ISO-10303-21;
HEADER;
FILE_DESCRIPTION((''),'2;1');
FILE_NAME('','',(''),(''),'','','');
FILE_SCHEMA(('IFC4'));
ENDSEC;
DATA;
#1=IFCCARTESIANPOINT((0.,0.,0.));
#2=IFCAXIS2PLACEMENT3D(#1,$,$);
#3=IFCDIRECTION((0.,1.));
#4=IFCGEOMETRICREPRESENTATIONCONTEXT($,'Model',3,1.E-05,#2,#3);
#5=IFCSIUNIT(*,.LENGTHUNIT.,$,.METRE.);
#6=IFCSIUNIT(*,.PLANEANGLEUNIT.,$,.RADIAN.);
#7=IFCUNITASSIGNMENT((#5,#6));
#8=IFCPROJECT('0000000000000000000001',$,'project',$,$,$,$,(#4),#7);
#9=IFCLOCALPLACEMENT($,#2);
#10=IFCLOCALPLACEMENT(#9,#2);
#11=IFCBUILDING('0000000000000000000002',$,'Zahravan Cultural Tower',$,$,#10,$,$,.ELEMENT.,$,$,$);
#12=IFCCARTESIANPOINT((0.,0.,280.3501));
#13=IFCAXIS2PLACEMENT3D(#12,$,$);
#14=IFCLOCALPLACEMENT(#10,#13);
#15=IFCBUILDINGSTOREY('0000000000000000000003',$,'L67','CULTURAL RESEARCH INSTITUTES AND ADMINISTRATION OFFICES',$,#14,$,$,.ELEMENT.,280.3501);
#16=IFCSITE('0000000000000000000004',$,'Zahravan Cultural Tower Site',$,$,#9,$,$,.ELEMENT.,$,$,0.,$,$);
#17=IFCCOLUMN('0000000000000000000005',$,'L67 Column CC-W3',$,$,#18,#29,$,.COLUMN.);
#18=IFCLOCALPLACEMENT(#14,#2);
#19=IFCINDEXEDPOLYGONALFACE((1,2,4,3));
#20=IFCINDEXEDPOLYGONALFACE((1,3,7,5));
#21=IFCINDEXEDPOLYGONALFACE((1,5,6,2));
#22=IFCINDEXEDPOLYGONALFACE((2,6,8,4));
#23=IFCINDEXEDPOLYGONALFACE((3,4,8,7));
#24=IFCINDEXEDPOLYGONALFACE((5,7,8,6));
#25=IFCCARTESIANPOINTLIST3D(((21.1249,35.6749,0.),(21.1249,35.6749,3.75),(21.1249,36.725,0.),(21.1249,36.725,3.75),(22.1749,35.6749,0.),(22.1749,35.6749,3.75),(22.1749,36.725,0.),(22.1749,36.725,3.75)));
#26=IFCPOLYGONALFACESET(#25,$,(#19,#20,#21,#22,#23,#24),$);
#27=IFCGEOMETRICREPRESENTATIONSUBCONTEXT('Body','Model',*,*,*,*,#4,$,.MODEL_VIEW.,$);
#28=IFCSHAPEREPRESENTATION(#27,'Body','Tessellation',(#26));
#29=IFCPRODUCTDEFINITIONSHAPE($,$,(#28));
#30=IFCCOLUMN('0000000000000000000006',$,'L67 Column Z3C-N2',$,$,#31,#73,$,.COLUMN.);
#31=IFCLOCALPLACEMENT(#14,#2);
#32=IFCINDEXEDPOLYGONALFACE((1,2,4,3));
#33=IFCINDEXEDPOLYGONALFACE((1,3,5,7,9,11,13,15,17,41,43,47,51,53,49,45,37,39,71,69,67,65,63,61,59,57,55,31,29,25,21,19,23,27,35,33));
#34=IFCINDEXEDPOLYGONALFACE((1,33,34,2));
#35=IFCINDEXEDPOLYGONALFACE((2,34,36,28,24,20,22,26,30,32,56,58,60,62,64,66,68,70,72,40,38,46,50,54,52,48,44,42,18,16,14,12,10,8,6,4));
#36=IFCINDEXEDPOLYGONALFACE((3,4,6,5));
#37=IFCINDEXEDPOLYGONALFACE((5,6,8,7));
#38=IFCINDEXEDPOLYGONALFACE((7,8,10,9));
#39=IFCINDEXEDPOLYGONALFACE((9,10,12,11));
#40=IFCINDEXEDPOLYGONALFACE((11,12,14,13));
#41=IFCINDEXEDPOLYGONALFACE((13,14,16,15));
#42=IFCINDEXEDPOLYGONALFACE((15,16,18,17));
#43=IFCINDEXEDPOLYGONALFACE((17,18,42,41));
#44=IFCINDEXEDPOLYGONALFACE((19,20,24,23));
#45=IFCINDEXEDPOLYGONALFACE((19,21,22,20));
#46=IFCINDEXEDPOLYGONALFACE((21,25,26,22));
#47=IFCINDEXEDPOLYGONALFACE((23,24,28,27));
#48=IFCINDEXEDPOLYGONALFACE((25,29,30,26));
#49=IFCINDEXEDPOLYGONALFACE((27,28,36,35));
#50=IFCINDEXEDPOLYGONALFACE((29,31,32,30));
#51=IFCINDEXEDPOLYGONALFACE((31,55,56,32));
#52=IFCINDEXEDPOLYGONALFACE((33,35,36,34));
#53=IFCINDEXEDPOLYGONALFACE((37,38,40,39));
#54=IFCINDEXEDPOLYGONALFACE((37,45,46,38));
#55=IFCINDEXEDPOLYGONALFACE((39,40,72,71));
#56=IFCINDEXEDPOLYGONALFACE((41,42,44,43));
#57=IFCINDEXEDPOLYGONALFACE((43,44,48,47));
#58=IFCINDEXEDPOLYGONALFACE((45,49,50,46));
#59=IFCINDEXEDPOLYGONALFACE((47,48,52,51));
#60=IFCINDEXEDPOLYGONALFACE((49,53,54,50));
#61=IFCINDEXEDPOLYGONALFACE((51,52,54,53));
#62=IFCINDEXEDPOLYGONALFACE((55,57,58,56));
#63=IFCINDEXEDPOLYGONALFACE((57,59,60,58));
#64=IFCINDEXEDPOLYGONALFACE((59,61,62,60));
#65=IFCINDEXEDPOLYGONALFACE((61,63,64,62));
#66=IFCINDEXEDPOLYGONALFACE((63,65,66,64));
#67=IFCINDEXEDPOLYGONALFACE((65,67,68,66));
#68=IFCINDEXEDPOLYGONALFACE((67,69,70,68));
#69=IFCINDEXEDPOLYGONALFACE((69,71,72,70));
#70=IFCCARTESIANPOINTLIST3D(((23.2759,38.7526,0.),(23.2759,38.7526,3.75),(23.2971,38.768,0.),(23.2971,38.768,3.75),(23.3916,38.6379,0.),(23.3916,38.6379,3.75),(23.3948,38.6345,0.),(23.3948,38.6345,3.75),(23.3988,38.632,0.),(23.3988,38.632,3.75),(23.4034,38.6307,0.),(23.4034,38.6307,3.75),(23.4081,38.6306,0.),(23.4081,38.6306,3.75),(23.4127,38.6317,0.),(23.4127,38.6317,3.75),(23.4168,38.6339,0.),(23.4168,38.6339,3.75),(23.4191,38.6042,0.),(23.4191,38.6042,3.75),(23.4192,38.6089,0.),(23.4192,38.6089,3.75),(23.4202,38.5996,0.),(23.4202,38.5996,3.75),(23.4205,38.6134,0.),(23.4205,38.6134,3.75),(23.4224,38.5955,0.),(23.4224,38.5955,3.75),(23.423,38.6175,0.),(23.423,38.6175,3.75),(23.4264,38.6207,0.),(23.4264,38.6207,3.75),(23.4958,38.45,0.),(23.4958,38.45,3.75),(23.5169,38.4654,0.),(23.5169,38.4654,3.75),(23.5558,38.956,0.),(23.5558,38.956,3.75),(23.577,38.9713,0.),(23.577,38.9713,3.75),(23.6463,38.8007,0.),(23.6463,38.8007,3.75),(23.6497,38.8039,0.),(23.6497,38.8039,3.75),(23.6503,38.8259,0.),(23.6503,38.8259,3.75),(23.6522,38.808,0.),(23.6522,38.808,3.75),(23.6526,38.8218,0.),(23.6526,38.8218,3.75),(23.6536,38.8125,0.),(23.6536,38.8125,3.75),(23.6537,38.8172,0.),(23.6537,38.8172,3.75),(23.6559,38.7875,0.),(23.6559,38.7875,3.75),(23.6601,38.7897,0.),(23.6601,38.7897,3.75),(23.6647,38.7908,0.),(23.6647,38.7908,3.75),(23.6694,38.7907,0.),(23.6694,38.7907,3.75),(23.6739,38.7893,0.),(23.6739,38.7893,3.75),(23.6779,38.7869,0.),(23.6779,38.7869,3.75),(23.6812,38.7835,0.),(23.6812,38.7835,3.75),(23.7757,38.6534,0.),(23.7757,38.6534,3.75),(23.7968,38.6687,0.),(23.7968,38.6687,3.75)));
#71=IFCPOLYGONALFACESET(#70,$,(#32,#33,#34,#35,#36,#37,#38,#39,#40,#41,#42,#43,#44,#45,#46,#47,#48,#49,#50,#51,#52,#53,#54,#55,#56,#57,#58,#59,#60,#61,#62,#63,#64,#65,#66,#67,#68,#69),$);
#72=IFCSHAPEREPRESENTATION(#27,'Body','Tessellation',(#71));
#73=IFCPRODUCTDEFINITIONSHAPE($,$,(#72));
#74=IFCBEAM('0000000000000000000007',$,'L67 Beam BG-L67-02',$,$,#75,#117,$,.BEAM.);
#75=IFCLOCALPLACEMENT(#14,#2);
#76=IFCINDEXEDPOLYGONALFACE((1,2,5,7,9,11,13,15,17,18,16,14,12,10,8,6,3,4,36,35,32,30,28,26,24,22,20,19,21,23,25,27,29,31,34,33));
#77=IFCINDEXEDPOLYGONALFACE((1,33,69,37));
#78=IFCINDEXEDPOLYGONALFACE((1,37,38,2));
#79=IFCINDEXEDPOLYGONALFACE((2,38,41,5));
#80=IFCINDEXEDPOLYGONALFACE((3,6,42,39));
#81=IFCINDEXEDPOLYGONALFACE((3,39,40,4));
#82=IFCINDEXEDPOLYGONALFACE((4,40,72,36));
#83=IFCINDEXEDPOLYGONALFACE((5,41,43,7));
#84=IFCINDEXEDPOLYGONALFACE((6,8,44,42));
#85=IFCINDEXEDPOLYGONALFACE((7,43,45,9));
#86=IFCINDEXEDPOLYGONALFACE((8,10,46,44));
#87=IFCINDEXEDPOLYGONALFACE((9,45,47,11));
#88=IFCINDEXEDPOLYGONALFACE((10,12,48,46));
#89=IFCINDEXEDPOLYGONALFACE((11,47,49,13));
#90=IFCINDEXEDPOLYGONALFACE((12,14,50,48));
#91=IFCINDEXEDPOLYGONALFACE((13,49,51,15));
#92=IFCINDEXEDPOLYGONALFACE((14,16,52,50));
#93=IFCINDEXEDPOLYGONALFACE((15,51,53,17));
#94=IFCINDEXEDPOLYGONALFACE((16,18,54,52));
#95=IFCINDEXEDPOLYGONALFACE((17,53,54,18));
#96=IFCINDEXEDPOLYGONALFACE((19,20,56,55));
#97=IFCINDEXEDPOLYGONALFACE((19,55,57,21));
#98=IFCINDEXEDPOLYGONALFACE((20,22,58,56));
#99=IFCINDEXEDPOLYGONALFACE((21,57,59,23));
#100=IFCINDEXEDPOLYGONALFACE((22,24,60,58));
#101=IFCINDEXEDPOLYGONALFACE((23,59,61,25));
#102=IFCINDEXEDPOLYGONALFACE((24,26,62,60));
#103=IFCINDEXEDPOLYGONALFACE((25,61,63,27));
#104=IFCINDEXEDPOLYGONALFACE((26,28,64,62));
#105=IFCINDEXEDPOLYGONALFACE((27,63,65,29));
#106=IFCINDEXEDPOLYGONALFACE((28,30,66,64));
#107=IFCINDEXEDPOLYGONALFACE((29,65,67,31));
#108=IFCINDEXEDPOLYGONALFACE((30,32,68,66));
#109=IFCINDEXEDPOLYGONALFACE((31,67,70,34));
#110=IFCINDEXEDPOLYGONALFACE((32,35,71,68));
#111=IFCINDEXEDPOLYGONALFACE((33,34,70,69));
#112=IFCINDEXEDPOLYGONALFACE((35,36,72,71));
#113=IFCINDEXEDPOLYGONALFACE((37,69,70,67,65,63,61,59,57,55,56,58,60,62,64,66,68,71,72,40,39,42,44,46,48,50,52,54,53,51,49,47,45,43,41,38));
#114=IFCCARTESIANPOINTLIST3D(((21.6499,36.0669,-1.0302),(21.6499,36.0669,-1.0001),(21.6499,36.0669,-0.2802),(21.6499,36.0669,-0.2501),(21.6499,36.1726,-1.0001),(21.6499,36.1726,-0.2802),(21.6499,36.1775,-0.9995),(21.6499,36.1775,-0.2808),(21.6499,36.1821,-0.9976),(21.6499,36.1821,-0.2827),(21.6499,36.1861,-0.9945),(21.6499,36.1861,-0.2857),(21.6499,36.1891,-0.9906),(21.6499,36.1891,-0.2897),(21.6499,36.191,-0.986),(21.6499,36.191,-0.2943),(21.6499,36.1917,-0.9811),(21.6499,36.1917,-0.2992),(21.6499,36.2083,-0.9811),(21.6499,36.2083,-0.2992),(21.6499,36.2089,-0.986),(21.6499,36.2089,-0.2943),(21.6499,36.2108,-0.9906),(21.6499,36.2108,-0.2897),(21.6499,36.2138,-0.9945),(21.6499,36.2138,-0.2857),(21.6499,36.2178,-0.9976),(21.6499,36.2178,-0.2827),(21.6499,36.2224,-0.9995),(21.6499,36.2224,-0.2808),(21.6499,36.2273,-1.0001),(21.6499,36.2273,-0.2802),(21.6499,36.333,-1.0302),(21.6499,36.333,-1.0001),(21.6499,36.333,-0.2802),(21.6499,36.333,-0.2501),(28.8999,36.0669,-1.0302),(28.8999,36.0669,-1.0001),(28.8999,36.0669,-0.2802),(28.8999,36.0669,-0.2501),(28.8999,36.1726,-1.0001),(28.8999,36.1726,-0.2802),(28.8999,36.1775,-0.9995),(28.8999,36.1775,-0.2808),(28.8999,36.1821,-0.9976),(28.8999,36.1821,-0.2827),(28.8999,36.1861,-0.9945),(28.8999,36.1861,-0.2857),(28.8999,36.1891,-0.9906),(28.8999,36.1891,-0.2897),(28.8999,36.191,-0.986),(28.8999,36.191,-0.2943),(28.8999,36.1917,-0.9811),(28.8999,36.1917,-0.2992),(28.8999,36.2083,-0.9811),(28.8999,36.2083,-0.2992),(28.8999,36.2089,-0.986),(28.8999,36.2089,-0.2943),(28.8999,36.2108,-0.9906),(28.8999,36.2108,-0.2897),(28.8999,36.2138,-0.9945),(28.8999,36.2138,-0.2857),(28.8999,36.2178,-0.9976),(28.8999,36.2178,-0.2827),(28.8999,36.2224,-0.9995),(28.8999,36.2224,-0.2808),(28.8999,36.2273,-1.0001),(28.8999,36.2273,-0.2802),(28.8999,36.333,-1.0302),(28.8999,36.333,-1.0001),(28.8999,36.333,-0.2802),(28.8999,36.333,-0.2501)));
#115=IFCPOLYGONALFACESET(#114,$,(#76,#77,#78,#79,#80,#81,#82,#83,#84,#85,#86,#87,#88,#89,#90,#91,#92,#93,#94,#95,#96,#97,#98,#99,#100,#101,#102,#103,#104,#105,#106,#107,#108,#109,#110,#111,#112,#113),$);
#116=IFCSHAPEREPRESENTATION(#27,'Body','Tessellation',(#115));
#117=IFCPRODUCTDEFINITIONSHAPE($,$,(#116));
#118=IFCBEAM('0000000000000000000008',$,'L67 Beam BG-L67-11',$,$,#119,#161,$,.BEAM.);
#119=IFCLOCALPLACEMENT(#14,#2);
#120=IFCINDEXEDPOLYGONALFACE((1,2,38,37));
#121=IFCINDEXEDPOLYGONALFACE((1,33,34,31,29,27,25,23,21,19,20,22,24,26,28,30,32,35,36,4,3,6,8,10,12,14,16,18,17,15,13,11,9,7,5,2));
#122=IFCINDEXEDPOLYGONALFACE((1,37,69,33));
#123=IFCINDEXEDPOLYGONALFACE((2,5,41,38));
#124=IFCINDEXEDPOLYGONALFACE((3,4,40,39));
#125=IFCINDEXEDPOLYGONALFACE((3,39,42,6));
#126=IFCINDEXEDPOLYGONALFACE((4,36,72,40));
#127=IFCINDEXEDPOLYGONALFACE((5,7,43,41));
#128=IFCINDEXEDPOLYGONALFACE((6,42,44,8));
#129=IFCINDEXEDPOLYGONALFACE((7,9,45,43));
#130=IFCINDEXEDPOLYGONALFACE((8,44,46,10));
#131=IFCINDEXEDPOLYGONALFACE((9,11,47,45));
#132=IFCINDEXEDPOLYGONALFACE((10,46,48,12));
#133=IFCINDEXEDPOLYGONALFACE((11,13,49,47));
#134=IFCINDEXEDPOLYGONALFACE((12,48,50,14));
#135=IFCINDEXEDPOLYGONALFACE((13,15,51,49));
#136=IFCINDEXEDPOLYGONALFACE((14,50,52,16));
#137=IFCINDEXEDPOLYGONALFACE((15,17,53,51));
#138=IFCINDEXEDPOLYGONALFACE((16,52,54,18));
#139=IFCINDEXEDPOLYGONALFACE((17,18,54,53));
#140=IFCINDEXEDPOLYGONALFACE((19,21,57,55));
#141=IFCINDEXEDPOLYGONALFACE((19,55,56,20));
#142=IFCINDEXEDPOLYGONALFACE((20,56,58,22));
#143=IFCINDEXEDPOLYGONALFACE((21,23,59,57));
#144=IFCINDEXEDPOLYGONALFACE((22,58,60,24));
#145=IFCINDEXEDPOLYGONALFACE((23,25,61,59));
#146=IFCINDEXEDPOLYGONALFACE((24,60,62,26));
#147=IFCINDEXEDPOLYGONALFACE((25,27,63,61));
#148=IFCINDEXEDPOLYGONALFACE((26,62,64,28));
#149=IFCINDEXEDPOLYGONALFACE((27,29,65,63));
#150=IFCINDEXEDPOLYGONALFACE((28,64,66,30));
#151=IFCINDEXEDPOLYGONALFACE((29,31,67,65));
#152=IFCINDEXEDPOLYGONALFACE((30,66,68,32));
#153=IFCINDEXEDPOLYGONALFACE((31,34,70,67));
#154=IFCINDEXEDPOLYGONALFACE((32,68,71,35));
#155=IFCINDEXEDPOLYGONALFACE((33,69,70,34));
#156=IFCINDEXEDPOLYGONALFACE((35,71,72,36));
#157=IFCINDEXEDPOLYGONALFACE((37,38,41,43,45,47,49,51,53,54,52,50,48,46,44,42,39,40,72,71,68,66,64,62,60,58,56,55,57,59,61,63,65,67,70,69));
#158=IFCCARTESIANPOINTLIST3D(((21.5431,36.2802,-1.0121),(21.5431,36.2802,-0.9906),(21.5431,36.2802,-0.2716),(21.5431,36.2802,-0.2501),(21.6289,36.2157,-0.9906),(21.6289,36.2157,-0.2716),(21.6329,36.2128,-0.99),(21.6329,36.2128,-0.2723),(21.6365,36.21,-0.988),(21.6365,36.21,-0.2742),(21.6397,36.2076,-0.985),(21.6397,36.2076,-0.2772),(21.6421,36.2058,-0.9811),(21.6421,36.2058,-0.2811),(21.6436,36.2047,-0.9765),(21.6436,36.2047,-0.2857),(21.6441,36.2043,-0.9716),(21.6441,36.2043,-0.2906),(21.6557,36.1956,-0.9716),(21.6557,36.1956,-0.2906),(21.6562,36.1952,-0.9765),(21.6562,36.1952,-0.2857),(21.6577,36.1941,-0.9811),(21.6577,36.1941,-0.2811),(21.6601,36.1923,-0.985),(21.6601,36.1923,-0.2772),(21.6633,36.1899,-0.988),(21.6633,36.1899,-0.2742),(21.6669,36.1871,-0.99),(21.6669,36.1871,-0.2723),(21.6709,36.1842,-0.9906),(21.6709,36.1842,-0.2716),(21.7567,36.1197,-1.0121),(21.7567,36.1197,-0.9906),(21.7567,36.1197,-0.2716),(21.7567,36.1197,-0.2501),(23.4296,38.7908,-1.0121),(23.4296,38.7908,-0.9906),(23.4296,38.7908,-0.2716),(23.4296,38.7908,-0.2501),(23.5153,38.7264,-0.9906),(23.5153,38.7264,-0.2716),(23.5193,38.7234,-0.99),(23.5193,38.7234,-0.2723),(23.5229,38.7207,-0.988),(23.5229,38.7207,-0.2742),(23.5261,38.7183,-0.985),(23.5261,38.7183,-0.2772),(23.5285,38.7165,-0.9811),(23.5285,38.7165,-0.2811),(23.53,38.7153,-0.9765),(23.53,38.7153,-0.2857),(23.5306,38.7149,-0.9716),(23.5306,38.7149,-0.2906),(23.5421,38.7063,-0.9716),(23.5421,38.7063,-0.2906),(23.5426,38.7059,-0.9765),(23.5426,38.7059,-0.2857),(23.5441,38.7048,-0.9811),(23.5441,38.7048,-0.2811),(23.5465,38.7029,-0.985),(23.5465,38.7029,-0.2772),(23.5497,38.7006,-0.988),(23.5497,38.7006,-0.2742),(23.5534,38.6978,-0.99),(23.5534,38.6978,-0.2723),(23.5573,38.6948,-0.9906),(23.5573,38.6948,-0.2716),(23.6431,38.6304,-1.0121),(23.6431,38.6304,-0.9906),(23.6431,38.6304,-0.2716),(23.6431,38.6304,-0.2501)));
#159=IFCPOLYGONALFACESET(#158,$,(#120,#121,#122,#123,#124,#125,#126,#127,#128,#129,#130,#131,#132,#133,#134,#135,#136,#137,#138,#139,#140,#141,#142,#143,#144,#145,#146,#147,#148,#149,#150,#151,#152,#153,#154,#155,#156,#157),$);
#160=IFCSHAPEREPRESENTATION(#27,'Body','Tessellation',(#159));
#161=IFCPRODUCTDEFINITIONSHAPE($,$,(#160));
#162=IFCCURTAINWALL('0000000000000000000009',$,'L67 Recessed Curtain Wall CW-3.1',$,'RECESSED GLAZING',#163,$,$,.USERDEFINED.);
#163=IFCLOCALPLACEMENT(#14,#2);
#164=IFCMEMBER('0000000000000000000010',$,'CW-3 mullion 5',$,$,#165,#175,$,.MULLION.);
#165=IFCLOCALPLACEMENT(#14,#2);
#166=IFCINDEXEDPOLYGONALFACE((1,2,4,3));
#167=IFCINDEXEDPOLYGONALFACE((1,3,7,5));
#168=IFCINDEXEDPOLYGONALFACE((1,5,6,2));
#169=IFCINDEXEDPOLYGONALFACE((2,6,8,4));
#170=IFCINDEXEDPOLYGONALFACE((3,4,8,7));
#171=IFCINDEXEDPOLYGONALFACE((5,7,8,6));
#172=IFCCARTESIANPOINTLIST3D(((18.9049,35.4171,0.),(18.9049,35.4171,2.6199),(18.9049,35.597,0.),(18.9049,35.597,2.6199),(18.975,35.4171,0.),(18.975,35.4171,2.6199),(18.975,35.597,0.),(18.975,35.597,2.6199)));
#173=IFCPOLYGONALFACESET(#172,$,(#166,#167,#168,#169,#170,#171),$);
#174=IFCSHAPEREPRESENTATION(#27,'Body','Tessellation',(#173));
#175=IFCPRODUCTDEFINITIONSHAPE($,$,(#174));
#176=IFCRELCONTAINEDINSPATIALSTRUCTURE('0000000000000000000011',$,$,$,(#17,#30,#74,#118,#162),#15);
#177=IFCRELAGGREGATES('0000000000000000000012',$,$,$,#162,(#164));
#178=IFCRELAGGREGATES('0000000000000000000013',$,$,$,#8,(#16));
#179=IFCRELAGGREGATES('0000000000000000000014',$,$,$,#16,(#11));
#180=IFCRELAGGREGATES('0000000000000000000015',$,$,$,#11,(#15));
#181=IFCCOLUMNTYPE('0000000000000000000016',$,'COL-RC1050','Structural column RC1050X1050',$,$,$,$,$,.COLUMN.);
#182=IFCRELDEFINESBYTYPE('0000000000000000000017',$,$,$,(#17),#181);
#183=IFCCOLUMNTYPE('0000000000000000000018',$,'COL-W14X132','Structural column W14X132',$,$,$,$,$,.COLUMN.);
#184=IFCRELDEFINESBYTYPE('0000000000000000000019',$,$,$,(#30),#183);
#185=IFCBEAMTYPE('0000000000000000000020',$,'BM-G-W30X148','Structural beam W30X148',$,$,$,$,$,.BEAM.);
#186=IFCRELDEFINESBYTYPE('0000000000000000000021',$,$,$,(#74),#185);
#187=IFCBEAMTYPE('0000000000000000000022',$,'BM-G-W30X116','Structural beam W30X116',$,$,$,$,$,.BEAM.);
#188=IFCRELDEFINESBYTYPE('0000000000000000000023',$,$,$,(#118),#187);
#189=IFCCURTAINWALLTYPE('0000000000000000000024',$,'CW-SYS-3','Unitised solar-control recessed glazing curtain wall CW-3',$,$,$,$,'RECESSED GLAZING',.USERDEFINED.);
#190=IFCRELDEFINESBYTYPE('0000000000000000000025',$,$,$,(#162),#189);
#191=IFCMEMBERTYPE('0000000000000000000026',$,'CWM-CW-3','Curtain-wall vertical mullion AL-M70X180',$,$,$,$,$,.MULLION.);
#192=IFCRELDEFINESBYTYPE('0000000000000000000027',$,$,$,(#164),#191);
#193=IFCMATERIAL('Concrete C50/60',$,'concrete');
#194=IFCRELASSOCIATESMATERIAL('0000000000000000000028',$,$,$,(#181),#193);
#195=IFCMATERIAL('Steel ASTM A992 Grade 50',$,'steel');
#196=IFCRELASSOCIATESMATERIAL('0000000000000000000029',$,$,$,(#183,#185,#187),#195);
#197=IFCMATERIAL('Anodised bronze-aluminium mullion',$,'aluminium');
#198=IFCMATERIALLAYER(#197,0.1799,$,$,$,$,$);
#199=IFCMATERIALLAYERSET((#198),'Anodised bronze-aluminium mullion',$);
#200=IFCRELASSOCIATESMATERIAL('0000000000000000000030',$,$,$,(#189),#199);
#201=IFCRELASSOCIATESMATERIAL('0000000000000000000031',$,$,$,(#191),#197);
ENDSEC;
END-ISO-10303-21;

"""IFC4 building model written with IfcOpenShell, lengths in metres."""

from ifc_helpers import new_model, si_unit, direction, frame, origin, origin_2d, place, context, subcontext, project, spatial, rectangle, i_section, extrude, source, transform, mapped, material, layer, layer_set, material_profile, profile_set, type_object, element, aggregate, save


model = new_model("IFC4")

# Units and contexts
model_context = context("Model", 3, precision=1e-05, world=origin(), true_north=direction((0.0, 1.0)))
body_context = subcontext(model_context, "Body", "Model", "MODEL_VIEW")
ifc_project = project(units=[si_unit("LENGTHUNIT", "METRE"), si_unit("PLANEANGLEUNIT", "RADIAN")], contexts=[model_context])

# Site, building, storey
site_placement = place(None, origin())
site = spatial("IfcSite", under=ifc_project, at=site_placement, Name="Zahravan Cultural Tower Site", CompositionType="ELEMENT", RefElevation=0.0)
building_placement = place(site_placement, origin())
building = spatial("IfcBuilding", under=site, at=building_placement, Name="Zahravan Cultural Tower", CompositionType="ELEMENT")
storey_placement = place(building_placement, frame((0.0, 0.0, 280.3501)))
storey = spatial("IfcBuildingStorey", under=building, at=storey_placement, Name="L67", Description="CULTURAL RESEARCH INSTITUTES AND ADMINISTRATION OFFICES", CompositionType="ELEMENT", Elevation=280.3501)

# Columns
ifc_material_1 = material(Name="Concrete C50/60", Category="concrete")
ifc_material_profile_1 = material_profile(ifc_material_1, rectangle(XDim=1.05, YDim=1.05, at=origin_2d()), Name="RC1050X1050")
ifc_profile_set_1 = profile_set([ifc_material_profile_1], Name="Concrete C50/60")
column_type_1 = type_object("IfcColumnType", Name="COL-RC1050", Description="Structural column RC1050X1050", PredefinedType="COLUMN", material=ifc_profile_set_1)
shared_shape_1 = source(origin(), body_context, "Body", "SweptSolid", [
    extrude(rectangle(XDim=1.05, YDim=1.05, at=origin_2d()), origin(), (0.0, 0.0, 1.0), 3.75),
])
column_1_placement = place(storey_placement, frame((21.6499, 36.2, 0.0), z_axis=(0.0, 0.0, 1.0), x_axis=(1.0, 0.0, 0.0)))
element("IfcColumn", 1, at=column_1_placement, inside=storey, type_object=column_type_1, Name="L67 Column CC-W3", PredefinedType="COLUMN", context=body_context, shape_type="MappedRepresentation", body=[
    mapped(shared_shape_1, transform((0.0, 0.0, 0.0), x_axis=(1.0, 0.0, 0.0), y_axis=(0.0, 1.0, 0.0), z_axis=(0.0, 0.0, 1.0), scale=1.0)),
])
ifc_material_2 = material(Name="Steel ASTM A992 Grade 50", Category="steel")
ifc_material_profile_2 = material_profile(ifc_material_2, i_section(OverallWidth=0.374, OverallDepth=0.3721, WebThickness=0.0164, FlangeThickness=0.0261, FilletRadius=0.0181, at=origin_2d()), Name="W14X132")
ifc_profile_set_2 = profile_set([ifc_material_profile_2], Name="Steel ASTM A992 Grade 50")
column_type_2 = type_object("IfcColumnType", Name="COL-W14X132", Description="Structural column W14X132", PredefinedType="COLUMN", material=ifc_profile_set_2)
shared_shape_2 = source(origin(), body_context, "Body", "SweptSolid", [
    extrude(i_section(OverallWidth=0.374, OverallDepth=0.3721, WebThickness=0.0164, FlangeThickness=0.0261, FilletRadius=0.0181, at=origin_2d()), origin(), (0.0, 0.0, 1.0), 3.75),
])
column_2_placement = place(storey_placement, frame((23.5364, 38.7107, 0.0), z_axis=(0.0, 0.0, 1.0), x_axis=(-0.587785, 0.809017, 0.0)))
element("IfcColumn", 2, at=column_2_placement, inside=storey, type_object=column_type_2, Name="L67 Column Z3C-N2", PredefinedType="COLUMN", context=body_context, shape_type="MappedRepresentation", body=[
    mapped(shared_shape_2, transform((0.0, 0.0, 0.0), x_axis=(1.0, 0.0, 0.0), y_axis=(0.0, 1.0, 0.0), z_axis=(0.0, 0.0, 1.0), scale=1.0)),
])

# Beams
ifc_material_profile_3 = material_profile(ifc_material_2, i_section(OverallWidth=0.2661, OverallDepth=0.78, WebThickness=0.0166, FlangeThickness=0.03, FilletRadius=0.019, at=origin_2d()), Name="W30X148")
ifc_profile_set_3 = profile_set([ifc_material_profile_3], Name="Steel ASTM A992 Grade 50")
beam_type_1 = type_object("IfcBeamType", Name="BM-G-W30X148", Description="Structural beam W30X148", PredefinedType="BEAM", material=ifc_profile_set_3)
shared_shape_3 = source(origin(), body_context, "Body", "SweptSolid", [
    extrude(i_section(OverallWidth=0.2661, OverallDepth=0.78, WebThickness=0.0166, FlangeThickness=0.03, FilletRadius=0.019, at=origin_2d()), origin(), (0.0, 0.0, 1.0), 7.25),
])
beam_1_placement = place(storey_placement, frame((21.6499, 36.2, -0.6401), z_axis=(1.0, 0.0, 0.0), x_axis=(0.0, 1.0, 0.0)))
element("IfcBeam", 3, at=beam_1_placement, inside=storey, type_object=beam_type_1, Name="L67 Beam BG-L67-02", PredefinedType="BEAM", context=body_context, shape_type="MappedRepresentation", body=[
    mapped(shared_shape_3, transform((0.0, 0.0, 0.0), x_axis=(1.0, 0.0, 0.0), y_axis=(0.0, 1.0, 0.0), z_axis=(0.0, 0.0, 1.0), scale=1.0)),
])
ifc_material_profile_4 = material_profile(ifc_material_2, i_section(OverallWidth=0.2671, OverallDepth=0.762, WebThickness=0.0144, FlangeThickness=0.0215, FilletRadius=0.019, at=origin_2d()), Name="W30X116")
ifc_profile_set_4 = profile_set([ifc_material_profile_4], Name="Steel ASTM A992 Grade 50")
beam_type_2 = type_object("IfcBeamType", Name="BM-G-W30X116", Description="Structural beam W30X116", PredefinedType="BEAM", material=ifc_profile_set_4)
shared_shape_4 = source(origin(), body_context, "Body", "SweptSolid", [
    extrude(i_section(OverallWidth=0.2671, OverallDepth=0.762, WebThickness=0.0144, FlangeThickness=0.0215, FilletRadius=0.019, at=origin_2d()), origin(), (0.0, 0.0, 1.0), 3.1404),
])
beam_2_placement = place(storey_placement, frame((21.6499, 36.2, -0.6311), z_axis=(0.600696, 0.799477, 0.0), x_axis=(-0.799477, 0.600696, 0.0)))
element("IfcBeam", 4, at=beam_2_placement, inside=storey, type_object=beam_type_2, Name="L67 Beam BG-L67-11", PredefinedType="BEAM", context=body_context, shape_type="MappedRepresentation", body=[
    mapped(shared_shape_4, transform((0.0, 0.0, 0.0), x_axis=(1.0, 0.0, 0.0), y_axis=(0.0, 1.0, 0.0), z_axis=(0.0, 0.0, 1.0), scale=1.0)),
])

# Curtain wall, member
ifc_material_3 = material(Name="Anodised bronze-aluminium mullion", Category="aluminium")
ifc_layer_1 = layer(ifc_material_3, 0.1799)
ifc_layer_set_1 = layer_set([ifc_layer_1], Name="Anodised bronze-aluminium mullion")
curtain_wall_type = type_object("IfcCurtainWallType", Name="CW-SYS-3", Description="Unitised solar-control recessed glazing curtain wall CW-3", ElementType="RECESSED GLAZING", PredefinedType="USERDEFINED", material=ifc_layer_set_1)
curtain_wall_placement = place(storey_placement, origin())
curtain_wall = element("IfcCurtainWall", 5, at=curtain_wall_placement, inside=storey, type_object=curtain_wall_type, Name="L67 Recessed Curtain Wall CW-3.1", ObjectType="RECESSED GLAZING", PredefinedType="USERDEFINED")
ifc_material_profile_5 = material_profile(ifc_material_3, rectangle(XDim=0.0701, YDim=0.1799, at=origin_2d()), Name="AL-M70X180")
ifc_profile_set_5 = profile_set([ifc_material_profile_5], Name="Anodised bronze-aluminium mullion")
member_type = type_object("IfcMemberType", Name="CWM-CW-3", Description="Curtain-wall vertical mullion AL-M70X180", PredefinedType="MULLION", material=ifc_profile_set_5)
shared_shape_5 = source(origin(), body_context, "Body", "SweptSolid", [
    extrude(rectangle(XDim=0.0701, YDim=0.1799, at=origin_2d()), origin(), (0.0, 0.0, 1.0), 2.6199),
])
member_placement = place(storey_placement, frame((18.9399, 35.5071, 0.0), z_axis=(0.0, 0.0, 1.0), x_axis=(-1.0, 0.0, 0.0)))
member = element("IfcMember", 6, at=member_placement, type_object=member_type, Name="CW-3 mullion 5", PredefinedType="MULLION", context=body_context, shape_type="MappedRepresentation", body=[
    mapped(shared_shape_5, transform((0.0, 0.0, 0.0), x_axis=(1.0, 0.0, 0.0), y_axis=(0.0, 1.0, 0.0), z_axis=(0.0, 0.0, 1.0), scale=1.0)),
])
aggregate(curtain_wall, [member])

save(model, "model.ifc")
